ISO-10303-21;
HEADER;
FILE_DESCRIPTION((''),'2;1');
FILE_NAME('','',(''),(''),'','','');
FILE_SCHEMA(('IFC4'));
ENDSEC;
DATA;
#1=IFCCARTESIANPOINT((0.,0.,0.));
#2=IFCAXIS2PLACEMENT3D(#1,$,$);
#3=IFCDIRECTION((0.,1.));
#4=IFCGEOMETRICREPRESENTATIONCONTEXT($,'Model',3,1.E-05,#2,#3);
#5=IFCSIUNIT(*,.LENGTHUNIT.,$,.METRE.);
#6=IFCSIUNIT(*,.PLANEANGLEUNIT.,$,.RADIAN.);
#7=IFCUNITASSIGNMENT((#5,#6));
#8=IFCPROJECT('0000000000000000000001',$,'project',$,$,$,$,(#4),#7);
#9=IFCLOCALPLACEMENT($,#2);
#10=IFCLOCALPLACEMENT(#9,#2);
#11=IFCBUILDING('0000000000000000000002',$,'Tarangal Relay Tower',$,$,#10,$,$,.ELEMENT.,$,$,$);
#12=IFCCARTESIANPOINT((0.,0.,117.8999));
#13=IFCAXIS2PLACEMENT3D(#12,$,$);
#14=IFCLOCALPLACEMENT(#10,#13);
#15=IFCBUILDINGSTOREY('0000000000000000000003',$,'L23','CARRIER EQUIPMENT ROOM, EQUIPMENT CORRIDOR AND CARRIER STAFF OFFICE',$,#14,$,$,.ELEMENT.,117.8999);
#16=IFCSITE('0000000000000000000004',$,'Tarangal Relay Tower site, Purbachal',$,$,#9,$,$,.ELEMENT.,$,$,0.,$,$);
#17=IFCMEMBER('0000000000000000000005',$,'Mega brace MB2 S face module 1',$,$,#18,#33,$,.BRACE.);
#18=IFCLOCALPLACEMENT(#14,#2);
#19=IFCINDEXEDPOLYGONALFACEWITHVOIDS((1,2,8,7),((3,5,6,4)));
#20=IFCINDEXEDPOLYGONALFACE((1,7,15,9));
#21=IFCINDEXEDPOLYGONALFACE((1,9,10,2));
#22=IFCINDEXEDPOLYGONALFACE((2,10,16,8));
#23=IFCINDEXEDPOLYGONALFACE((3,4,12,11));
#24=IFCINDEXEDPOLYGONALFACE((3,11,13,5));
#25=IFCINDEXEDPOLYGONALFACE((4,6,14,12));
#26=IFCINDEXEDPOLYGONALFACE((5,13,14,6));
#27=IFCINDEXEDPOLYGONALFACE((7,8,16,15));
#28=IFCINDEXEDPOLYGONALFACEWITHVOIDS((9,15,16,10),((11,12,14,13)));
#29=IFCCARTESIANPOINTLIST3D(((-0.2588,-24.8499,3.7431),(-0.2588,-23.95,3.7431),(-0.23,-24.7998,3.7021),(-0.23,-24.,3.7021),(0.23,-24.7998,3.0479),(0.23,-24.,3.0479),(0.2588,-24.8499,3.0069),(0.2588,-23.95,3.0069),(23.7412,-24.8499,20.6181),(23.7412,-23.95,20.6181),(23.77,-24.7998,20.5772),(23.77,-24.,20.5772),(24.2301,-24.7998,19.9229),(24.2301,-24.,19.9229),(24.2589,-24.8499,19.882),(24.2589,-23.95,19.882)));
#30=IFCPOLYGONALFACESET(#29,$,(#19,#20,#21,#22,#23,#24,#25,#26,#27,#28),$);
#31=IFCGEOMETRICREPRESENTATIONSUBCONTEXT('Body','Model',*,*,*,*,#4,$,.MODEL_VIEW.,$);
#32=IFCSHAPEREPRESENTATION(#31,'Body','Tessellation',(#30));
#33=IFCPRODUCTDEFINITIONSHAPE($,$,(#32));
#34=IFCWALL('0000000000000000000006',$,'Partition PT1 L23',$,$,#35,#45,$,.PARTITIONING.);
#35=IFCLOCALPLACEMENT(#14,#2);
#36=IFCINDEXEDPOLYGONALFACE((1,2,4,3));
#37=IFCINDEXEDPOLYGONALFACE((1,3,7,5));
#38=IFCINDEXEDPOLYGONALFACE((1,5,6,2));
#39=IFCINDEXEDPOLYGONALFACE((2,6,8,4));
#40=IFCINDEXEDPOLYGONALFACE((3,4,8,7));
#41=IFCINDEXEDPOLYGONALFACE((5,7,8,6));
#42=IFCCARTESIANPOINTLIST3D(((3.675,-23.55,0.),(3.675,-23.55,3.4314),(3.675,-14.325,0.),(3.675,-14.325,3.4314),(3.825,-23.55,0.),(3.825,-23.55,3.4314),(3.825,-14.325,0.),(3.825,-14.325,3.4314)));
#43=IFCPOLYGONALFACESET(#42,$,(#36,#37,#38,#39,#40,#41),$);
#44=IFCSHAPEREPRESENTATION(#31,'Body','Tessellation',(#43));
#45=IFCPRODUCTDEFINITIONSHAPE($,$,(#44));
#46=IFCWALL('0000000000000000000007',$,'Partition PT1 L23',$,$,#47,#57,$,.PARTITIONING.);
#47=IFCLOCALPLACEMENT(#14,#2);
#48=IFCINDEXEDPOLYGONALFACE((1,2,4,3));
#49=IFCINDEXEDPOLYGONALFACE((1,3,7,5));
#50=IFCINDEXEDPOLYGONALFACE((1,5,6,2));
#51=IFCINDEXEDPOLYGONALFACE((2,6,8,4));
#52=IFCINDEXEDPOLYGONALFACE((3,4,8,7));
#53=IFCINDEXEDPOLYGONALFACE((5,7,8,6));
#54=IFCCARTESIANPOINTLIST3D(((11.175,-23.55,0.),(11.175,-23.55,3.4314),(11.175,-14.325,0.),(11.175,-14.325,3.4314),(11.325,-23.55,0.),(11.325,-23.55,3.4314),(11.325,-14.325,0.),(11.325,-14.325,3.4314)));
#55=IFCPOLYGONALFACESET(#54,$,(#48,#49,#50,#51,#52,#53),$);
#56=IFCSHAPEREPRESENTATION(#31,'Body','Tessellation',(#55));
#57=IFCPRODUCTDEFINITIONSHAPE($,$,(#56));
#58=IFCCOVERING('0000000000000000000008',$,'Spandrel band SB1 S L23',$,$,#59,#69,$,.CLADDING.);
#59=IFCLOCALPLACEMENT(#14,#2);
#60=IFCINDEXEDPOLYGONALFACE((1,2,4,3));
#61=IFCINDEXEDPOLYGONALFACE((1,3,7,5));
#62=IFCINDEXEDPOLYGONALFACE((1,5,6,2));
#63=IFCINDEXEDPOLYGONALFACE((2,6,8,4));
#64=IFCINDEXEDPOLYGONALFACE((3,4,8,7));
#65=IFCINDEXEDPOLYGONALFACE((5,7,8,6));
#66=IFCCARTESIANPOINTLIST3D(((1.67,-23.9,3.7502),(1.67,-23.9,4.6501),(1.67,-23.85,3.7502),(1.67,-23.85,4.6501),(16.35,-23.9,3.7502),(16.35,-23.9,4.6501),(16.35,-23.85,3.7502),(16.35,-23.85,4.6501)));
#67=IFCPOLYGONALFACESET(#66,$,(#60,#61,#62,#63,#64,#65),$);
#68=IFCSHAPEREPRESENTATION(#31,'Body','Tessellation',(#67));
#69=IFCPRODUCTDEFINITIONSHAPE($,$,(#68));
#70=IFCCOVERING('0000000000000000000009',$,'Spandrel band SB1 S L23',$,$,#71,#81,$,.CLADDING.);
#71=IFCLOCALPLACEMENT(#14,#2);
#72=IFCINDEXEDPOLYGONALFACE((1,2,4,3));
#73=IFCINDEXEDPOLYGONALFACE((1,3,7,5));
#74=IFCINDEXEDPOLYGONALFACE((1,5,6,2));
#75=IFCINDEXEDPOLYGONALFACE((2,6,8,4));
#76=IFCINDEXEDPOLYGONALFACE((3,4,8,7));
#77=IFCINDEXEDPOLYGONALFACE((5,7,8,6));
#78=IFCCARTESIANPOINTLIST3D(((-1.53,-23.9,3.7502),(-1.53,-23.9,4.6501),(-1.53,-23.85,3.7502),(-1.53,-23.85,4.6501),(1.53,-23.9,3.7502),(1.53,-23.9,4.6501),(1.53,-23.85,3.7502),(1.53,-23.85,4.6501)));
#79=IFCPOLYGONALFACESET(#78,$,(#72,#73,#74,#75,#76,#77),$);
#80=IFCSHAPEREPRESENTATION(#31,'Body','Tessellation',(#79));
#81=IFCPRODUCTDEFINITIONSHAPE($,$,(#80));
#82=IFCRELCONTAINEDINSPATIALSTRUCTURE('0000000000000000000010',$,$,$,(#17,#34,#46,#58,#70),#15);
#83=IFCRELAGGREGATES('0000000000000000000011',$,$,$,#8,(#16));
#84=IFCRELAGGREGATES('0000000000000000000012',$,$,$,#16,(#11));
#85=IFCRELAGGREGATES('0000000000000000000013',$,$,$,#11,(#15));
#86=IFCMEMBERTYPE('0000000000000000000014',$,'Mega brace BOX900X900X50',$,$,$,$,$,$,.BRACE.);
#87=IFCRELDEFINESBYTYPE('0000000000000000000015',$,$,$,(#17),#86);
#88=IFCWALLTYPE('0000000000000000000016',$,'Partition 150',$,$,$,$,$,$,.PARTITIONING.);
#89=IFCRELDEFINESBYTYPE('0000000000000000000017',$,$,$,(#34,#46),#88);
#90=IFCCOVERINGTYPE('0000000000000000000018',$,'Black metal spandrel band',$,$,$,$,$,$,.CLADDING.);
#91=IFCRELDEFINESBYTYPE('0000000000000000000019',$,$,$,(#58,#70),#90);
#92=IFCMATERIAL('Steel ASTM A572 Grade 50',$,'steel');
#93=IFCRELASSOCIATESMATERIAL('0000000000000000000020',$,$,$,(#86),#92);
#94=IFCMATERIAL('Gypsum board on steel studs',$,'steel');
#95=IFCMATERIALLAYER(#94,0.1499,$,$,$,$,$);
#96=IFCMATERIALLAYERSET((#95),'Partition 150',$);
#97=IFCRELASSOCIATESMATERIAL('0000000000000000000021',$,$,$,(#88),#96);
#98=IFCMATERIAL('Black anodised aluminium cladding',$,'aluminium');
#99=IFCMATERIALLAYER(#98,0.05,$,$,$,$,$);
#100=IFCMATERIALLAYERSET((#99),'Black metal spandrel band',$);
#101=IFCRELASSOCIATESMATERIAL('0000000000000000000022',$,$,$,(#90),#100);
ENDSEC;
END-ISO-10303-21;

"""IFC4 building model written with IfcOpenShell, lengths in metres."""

from ifc_helpers import new_model, si_unit, direction, frame, frame_2d, origin, origin_2d, place, context, subcontext, project, spatial, rectangle, hollow_rectangle, extrude, material, layer, layer_set, material_profile, profile_set, type_object, element, save


model = new_model("IFC4")

# Units and contexts
model_context = context("Model", 3, precision=1e-05, world=origin(), true_north=direction((0.0, 1.0)))
body_context = subcontext(model_context, "Body", "Model", "MODEL_VIEW")
ifc_project = project(units=[si_unit("LENGTHUNIT", "METRE"), si_unit("PLANEANGLEUNIT", "RADIAN")], contexts=[model_context])

# Site, building, storey
site_placement = place(None, origin())
site = spatial("IfcSite", under=ifc_project, at=site_placement, Name="Tarangal Relay Tower site, Purbachal", CompositionType="ELEMENT", RefElevation=0.0)
building_placement = place(site_placement, origin())
building = spatial("IfcBuilding", under=site, at=building_placement, Name="Tarangal Relay Tower", CompositionType="ELEMENT")
storey_placement = place(building_placement, frame((0.0, 0.0, 117.8999)))
storey = spatial("IfcBuildingStorey", under=building, at=storey_placement, Name="L23", Description="CARRIER EQUIPMENT ROOM, EQUIPMENT CORRIDOR AND CARRIER STAFF OFFICE", CompositionType="ELEMENT", Elevation=117.8999)

# Shared definitions
ifc_material_1 = material(Name="Steel ASTM A572 Grade 50", Category="steel")

# Member
ifc_material_profile_1 = material_profile(ifc_material_1, hollow_rectangle(XDim=0.8999, YDim=0.8999, WallThickness=0.05, at=origin_2d()), Name="BOX900X900X50")
ifc_profile_set_1 = profile_set([ifc_material_profile_1], Name="Steel ASTM A572 Grade 50")
member_type = type_object("IfcMemberType", Name="Mega brace BOX900X900X50", PredefinedType="BRACE", material=ifc_profile_set_1)
for number, where, z_axis, x_axis, name in (
    (1, (0.0, -24.3999, 3.375), (0.818029, 0.0, 0.575177), (0.0, 1.0, 0.0), "Mega brace MB2 S face module 1"),
):
    element("IfcMember", number, at=place(storey_placement, frame(where, z_axis=z_axis, x_axis=x_axis)), inside=storey, type_object=member_type, Name=name, PredefinedType="BRACE", context=body_context, shape_type="SweptSolid", body=[
        extrude(hollow_rectangle(XDim=0.8999, YDim=0.8999, WallThickness=0.05, at=origin_2d()), origin(), (0.0, 0.0, 1.0), 29.3389),
    ])

# Walls
ifc_material_2 = material(Name="Gypsum board on steel studs", Category="steel")
ifc_layer_1 = layer(ifc_material_2, 0.1499)
ifc_layer_set_1 = layer_set([ifc_layer_1], Name="Partition 150")
wall_type = type_object("IfcWallType", Name="Partition 150", PredefinedType="PARTITIONING", material=ifc_layer_set_1)
for number, where, z_axis, x_axis, name in (
    (2, (3.75, -23.55, 0.0), (0.0, 0.0, 1.0), (0.0, 1.0, 0.0), "Partition PT1 L23"),
    (3, (11.25, -23.55, 0.0), (0.0, 0.0, 1.0), (0.0, 1.0, 0.0), "Partition PT1 L23"),
):
    element("IfcWall", number, at=place(storey_placement, frame(where, z_axis=z_axis, x_axis=x_axis)), inside=storey, type_object=wall_type, Name=name, PredefinedType="PARTITIONING", context=body_context, shape_type="SweptSolid", body=[
        extrude(rectangle(XDim=9.2251, YDim=0.1499, at=frame_2d((4.6125, 0.0))), origin(), (0.0, 0.0, 1.0), 3.4314),
    ])

# Coverings
ifc_material_3 = material(Name="Black anodised aluminium cladding", Category="aluminium")
ifc_layer_2 = layer(ifc_material_3, 0.05)
ifc_layer_set_2 = layer_set([ifc_layer_2], Name="Black metal spandrel band")
covering_type = type_object("IfcCoveringType", Name="Black metal spandrel band", PredefinedType="CLADDING", material=ifc_layer_set_2)
covering_1_placement = place(storey_placement, frame((9.01, -23.875, 3.7502), z_axis=(0.0, 0.0, 1.0), x_axis=(-1.0, 0.0, 0.0)))
element("IfcCovering", 4, at=covering_1_placement, inside=storey, type_object=covering_type, Name="Spandrel band SB1 S L23", PredefinedType="CLADDING", context=body_context, shape_type="SweptSolid", body=[
    extrude(rectangle(XDim=14.6799, YDim=0.05, at=origin_2d()), origin(), (0.0, 0.0, 1.0), 0.8999),
])
covering_2_placement = place(storey_placement, frame((0.0, -23.875, 3.7502), z_axis=(0.0, 0.0, 1.0), x_axis=(-1.0, 0.0, 0.0)))
element("IfcCovering", 5, at=covering_2_placement, inside=storey, type_object=covering_type, Name="Spandrel band SB1 S L23", PredefinedType="CLADDING", context=body_context, shape_type="SweptSolid", body=[
    extrude(rectangle(XDim=3.0601, YDim=0.05, at=origin_2d()), origin(), (0.0, 0.0, 1.0), 0.8999),
])

save(model, "model.ifc")
